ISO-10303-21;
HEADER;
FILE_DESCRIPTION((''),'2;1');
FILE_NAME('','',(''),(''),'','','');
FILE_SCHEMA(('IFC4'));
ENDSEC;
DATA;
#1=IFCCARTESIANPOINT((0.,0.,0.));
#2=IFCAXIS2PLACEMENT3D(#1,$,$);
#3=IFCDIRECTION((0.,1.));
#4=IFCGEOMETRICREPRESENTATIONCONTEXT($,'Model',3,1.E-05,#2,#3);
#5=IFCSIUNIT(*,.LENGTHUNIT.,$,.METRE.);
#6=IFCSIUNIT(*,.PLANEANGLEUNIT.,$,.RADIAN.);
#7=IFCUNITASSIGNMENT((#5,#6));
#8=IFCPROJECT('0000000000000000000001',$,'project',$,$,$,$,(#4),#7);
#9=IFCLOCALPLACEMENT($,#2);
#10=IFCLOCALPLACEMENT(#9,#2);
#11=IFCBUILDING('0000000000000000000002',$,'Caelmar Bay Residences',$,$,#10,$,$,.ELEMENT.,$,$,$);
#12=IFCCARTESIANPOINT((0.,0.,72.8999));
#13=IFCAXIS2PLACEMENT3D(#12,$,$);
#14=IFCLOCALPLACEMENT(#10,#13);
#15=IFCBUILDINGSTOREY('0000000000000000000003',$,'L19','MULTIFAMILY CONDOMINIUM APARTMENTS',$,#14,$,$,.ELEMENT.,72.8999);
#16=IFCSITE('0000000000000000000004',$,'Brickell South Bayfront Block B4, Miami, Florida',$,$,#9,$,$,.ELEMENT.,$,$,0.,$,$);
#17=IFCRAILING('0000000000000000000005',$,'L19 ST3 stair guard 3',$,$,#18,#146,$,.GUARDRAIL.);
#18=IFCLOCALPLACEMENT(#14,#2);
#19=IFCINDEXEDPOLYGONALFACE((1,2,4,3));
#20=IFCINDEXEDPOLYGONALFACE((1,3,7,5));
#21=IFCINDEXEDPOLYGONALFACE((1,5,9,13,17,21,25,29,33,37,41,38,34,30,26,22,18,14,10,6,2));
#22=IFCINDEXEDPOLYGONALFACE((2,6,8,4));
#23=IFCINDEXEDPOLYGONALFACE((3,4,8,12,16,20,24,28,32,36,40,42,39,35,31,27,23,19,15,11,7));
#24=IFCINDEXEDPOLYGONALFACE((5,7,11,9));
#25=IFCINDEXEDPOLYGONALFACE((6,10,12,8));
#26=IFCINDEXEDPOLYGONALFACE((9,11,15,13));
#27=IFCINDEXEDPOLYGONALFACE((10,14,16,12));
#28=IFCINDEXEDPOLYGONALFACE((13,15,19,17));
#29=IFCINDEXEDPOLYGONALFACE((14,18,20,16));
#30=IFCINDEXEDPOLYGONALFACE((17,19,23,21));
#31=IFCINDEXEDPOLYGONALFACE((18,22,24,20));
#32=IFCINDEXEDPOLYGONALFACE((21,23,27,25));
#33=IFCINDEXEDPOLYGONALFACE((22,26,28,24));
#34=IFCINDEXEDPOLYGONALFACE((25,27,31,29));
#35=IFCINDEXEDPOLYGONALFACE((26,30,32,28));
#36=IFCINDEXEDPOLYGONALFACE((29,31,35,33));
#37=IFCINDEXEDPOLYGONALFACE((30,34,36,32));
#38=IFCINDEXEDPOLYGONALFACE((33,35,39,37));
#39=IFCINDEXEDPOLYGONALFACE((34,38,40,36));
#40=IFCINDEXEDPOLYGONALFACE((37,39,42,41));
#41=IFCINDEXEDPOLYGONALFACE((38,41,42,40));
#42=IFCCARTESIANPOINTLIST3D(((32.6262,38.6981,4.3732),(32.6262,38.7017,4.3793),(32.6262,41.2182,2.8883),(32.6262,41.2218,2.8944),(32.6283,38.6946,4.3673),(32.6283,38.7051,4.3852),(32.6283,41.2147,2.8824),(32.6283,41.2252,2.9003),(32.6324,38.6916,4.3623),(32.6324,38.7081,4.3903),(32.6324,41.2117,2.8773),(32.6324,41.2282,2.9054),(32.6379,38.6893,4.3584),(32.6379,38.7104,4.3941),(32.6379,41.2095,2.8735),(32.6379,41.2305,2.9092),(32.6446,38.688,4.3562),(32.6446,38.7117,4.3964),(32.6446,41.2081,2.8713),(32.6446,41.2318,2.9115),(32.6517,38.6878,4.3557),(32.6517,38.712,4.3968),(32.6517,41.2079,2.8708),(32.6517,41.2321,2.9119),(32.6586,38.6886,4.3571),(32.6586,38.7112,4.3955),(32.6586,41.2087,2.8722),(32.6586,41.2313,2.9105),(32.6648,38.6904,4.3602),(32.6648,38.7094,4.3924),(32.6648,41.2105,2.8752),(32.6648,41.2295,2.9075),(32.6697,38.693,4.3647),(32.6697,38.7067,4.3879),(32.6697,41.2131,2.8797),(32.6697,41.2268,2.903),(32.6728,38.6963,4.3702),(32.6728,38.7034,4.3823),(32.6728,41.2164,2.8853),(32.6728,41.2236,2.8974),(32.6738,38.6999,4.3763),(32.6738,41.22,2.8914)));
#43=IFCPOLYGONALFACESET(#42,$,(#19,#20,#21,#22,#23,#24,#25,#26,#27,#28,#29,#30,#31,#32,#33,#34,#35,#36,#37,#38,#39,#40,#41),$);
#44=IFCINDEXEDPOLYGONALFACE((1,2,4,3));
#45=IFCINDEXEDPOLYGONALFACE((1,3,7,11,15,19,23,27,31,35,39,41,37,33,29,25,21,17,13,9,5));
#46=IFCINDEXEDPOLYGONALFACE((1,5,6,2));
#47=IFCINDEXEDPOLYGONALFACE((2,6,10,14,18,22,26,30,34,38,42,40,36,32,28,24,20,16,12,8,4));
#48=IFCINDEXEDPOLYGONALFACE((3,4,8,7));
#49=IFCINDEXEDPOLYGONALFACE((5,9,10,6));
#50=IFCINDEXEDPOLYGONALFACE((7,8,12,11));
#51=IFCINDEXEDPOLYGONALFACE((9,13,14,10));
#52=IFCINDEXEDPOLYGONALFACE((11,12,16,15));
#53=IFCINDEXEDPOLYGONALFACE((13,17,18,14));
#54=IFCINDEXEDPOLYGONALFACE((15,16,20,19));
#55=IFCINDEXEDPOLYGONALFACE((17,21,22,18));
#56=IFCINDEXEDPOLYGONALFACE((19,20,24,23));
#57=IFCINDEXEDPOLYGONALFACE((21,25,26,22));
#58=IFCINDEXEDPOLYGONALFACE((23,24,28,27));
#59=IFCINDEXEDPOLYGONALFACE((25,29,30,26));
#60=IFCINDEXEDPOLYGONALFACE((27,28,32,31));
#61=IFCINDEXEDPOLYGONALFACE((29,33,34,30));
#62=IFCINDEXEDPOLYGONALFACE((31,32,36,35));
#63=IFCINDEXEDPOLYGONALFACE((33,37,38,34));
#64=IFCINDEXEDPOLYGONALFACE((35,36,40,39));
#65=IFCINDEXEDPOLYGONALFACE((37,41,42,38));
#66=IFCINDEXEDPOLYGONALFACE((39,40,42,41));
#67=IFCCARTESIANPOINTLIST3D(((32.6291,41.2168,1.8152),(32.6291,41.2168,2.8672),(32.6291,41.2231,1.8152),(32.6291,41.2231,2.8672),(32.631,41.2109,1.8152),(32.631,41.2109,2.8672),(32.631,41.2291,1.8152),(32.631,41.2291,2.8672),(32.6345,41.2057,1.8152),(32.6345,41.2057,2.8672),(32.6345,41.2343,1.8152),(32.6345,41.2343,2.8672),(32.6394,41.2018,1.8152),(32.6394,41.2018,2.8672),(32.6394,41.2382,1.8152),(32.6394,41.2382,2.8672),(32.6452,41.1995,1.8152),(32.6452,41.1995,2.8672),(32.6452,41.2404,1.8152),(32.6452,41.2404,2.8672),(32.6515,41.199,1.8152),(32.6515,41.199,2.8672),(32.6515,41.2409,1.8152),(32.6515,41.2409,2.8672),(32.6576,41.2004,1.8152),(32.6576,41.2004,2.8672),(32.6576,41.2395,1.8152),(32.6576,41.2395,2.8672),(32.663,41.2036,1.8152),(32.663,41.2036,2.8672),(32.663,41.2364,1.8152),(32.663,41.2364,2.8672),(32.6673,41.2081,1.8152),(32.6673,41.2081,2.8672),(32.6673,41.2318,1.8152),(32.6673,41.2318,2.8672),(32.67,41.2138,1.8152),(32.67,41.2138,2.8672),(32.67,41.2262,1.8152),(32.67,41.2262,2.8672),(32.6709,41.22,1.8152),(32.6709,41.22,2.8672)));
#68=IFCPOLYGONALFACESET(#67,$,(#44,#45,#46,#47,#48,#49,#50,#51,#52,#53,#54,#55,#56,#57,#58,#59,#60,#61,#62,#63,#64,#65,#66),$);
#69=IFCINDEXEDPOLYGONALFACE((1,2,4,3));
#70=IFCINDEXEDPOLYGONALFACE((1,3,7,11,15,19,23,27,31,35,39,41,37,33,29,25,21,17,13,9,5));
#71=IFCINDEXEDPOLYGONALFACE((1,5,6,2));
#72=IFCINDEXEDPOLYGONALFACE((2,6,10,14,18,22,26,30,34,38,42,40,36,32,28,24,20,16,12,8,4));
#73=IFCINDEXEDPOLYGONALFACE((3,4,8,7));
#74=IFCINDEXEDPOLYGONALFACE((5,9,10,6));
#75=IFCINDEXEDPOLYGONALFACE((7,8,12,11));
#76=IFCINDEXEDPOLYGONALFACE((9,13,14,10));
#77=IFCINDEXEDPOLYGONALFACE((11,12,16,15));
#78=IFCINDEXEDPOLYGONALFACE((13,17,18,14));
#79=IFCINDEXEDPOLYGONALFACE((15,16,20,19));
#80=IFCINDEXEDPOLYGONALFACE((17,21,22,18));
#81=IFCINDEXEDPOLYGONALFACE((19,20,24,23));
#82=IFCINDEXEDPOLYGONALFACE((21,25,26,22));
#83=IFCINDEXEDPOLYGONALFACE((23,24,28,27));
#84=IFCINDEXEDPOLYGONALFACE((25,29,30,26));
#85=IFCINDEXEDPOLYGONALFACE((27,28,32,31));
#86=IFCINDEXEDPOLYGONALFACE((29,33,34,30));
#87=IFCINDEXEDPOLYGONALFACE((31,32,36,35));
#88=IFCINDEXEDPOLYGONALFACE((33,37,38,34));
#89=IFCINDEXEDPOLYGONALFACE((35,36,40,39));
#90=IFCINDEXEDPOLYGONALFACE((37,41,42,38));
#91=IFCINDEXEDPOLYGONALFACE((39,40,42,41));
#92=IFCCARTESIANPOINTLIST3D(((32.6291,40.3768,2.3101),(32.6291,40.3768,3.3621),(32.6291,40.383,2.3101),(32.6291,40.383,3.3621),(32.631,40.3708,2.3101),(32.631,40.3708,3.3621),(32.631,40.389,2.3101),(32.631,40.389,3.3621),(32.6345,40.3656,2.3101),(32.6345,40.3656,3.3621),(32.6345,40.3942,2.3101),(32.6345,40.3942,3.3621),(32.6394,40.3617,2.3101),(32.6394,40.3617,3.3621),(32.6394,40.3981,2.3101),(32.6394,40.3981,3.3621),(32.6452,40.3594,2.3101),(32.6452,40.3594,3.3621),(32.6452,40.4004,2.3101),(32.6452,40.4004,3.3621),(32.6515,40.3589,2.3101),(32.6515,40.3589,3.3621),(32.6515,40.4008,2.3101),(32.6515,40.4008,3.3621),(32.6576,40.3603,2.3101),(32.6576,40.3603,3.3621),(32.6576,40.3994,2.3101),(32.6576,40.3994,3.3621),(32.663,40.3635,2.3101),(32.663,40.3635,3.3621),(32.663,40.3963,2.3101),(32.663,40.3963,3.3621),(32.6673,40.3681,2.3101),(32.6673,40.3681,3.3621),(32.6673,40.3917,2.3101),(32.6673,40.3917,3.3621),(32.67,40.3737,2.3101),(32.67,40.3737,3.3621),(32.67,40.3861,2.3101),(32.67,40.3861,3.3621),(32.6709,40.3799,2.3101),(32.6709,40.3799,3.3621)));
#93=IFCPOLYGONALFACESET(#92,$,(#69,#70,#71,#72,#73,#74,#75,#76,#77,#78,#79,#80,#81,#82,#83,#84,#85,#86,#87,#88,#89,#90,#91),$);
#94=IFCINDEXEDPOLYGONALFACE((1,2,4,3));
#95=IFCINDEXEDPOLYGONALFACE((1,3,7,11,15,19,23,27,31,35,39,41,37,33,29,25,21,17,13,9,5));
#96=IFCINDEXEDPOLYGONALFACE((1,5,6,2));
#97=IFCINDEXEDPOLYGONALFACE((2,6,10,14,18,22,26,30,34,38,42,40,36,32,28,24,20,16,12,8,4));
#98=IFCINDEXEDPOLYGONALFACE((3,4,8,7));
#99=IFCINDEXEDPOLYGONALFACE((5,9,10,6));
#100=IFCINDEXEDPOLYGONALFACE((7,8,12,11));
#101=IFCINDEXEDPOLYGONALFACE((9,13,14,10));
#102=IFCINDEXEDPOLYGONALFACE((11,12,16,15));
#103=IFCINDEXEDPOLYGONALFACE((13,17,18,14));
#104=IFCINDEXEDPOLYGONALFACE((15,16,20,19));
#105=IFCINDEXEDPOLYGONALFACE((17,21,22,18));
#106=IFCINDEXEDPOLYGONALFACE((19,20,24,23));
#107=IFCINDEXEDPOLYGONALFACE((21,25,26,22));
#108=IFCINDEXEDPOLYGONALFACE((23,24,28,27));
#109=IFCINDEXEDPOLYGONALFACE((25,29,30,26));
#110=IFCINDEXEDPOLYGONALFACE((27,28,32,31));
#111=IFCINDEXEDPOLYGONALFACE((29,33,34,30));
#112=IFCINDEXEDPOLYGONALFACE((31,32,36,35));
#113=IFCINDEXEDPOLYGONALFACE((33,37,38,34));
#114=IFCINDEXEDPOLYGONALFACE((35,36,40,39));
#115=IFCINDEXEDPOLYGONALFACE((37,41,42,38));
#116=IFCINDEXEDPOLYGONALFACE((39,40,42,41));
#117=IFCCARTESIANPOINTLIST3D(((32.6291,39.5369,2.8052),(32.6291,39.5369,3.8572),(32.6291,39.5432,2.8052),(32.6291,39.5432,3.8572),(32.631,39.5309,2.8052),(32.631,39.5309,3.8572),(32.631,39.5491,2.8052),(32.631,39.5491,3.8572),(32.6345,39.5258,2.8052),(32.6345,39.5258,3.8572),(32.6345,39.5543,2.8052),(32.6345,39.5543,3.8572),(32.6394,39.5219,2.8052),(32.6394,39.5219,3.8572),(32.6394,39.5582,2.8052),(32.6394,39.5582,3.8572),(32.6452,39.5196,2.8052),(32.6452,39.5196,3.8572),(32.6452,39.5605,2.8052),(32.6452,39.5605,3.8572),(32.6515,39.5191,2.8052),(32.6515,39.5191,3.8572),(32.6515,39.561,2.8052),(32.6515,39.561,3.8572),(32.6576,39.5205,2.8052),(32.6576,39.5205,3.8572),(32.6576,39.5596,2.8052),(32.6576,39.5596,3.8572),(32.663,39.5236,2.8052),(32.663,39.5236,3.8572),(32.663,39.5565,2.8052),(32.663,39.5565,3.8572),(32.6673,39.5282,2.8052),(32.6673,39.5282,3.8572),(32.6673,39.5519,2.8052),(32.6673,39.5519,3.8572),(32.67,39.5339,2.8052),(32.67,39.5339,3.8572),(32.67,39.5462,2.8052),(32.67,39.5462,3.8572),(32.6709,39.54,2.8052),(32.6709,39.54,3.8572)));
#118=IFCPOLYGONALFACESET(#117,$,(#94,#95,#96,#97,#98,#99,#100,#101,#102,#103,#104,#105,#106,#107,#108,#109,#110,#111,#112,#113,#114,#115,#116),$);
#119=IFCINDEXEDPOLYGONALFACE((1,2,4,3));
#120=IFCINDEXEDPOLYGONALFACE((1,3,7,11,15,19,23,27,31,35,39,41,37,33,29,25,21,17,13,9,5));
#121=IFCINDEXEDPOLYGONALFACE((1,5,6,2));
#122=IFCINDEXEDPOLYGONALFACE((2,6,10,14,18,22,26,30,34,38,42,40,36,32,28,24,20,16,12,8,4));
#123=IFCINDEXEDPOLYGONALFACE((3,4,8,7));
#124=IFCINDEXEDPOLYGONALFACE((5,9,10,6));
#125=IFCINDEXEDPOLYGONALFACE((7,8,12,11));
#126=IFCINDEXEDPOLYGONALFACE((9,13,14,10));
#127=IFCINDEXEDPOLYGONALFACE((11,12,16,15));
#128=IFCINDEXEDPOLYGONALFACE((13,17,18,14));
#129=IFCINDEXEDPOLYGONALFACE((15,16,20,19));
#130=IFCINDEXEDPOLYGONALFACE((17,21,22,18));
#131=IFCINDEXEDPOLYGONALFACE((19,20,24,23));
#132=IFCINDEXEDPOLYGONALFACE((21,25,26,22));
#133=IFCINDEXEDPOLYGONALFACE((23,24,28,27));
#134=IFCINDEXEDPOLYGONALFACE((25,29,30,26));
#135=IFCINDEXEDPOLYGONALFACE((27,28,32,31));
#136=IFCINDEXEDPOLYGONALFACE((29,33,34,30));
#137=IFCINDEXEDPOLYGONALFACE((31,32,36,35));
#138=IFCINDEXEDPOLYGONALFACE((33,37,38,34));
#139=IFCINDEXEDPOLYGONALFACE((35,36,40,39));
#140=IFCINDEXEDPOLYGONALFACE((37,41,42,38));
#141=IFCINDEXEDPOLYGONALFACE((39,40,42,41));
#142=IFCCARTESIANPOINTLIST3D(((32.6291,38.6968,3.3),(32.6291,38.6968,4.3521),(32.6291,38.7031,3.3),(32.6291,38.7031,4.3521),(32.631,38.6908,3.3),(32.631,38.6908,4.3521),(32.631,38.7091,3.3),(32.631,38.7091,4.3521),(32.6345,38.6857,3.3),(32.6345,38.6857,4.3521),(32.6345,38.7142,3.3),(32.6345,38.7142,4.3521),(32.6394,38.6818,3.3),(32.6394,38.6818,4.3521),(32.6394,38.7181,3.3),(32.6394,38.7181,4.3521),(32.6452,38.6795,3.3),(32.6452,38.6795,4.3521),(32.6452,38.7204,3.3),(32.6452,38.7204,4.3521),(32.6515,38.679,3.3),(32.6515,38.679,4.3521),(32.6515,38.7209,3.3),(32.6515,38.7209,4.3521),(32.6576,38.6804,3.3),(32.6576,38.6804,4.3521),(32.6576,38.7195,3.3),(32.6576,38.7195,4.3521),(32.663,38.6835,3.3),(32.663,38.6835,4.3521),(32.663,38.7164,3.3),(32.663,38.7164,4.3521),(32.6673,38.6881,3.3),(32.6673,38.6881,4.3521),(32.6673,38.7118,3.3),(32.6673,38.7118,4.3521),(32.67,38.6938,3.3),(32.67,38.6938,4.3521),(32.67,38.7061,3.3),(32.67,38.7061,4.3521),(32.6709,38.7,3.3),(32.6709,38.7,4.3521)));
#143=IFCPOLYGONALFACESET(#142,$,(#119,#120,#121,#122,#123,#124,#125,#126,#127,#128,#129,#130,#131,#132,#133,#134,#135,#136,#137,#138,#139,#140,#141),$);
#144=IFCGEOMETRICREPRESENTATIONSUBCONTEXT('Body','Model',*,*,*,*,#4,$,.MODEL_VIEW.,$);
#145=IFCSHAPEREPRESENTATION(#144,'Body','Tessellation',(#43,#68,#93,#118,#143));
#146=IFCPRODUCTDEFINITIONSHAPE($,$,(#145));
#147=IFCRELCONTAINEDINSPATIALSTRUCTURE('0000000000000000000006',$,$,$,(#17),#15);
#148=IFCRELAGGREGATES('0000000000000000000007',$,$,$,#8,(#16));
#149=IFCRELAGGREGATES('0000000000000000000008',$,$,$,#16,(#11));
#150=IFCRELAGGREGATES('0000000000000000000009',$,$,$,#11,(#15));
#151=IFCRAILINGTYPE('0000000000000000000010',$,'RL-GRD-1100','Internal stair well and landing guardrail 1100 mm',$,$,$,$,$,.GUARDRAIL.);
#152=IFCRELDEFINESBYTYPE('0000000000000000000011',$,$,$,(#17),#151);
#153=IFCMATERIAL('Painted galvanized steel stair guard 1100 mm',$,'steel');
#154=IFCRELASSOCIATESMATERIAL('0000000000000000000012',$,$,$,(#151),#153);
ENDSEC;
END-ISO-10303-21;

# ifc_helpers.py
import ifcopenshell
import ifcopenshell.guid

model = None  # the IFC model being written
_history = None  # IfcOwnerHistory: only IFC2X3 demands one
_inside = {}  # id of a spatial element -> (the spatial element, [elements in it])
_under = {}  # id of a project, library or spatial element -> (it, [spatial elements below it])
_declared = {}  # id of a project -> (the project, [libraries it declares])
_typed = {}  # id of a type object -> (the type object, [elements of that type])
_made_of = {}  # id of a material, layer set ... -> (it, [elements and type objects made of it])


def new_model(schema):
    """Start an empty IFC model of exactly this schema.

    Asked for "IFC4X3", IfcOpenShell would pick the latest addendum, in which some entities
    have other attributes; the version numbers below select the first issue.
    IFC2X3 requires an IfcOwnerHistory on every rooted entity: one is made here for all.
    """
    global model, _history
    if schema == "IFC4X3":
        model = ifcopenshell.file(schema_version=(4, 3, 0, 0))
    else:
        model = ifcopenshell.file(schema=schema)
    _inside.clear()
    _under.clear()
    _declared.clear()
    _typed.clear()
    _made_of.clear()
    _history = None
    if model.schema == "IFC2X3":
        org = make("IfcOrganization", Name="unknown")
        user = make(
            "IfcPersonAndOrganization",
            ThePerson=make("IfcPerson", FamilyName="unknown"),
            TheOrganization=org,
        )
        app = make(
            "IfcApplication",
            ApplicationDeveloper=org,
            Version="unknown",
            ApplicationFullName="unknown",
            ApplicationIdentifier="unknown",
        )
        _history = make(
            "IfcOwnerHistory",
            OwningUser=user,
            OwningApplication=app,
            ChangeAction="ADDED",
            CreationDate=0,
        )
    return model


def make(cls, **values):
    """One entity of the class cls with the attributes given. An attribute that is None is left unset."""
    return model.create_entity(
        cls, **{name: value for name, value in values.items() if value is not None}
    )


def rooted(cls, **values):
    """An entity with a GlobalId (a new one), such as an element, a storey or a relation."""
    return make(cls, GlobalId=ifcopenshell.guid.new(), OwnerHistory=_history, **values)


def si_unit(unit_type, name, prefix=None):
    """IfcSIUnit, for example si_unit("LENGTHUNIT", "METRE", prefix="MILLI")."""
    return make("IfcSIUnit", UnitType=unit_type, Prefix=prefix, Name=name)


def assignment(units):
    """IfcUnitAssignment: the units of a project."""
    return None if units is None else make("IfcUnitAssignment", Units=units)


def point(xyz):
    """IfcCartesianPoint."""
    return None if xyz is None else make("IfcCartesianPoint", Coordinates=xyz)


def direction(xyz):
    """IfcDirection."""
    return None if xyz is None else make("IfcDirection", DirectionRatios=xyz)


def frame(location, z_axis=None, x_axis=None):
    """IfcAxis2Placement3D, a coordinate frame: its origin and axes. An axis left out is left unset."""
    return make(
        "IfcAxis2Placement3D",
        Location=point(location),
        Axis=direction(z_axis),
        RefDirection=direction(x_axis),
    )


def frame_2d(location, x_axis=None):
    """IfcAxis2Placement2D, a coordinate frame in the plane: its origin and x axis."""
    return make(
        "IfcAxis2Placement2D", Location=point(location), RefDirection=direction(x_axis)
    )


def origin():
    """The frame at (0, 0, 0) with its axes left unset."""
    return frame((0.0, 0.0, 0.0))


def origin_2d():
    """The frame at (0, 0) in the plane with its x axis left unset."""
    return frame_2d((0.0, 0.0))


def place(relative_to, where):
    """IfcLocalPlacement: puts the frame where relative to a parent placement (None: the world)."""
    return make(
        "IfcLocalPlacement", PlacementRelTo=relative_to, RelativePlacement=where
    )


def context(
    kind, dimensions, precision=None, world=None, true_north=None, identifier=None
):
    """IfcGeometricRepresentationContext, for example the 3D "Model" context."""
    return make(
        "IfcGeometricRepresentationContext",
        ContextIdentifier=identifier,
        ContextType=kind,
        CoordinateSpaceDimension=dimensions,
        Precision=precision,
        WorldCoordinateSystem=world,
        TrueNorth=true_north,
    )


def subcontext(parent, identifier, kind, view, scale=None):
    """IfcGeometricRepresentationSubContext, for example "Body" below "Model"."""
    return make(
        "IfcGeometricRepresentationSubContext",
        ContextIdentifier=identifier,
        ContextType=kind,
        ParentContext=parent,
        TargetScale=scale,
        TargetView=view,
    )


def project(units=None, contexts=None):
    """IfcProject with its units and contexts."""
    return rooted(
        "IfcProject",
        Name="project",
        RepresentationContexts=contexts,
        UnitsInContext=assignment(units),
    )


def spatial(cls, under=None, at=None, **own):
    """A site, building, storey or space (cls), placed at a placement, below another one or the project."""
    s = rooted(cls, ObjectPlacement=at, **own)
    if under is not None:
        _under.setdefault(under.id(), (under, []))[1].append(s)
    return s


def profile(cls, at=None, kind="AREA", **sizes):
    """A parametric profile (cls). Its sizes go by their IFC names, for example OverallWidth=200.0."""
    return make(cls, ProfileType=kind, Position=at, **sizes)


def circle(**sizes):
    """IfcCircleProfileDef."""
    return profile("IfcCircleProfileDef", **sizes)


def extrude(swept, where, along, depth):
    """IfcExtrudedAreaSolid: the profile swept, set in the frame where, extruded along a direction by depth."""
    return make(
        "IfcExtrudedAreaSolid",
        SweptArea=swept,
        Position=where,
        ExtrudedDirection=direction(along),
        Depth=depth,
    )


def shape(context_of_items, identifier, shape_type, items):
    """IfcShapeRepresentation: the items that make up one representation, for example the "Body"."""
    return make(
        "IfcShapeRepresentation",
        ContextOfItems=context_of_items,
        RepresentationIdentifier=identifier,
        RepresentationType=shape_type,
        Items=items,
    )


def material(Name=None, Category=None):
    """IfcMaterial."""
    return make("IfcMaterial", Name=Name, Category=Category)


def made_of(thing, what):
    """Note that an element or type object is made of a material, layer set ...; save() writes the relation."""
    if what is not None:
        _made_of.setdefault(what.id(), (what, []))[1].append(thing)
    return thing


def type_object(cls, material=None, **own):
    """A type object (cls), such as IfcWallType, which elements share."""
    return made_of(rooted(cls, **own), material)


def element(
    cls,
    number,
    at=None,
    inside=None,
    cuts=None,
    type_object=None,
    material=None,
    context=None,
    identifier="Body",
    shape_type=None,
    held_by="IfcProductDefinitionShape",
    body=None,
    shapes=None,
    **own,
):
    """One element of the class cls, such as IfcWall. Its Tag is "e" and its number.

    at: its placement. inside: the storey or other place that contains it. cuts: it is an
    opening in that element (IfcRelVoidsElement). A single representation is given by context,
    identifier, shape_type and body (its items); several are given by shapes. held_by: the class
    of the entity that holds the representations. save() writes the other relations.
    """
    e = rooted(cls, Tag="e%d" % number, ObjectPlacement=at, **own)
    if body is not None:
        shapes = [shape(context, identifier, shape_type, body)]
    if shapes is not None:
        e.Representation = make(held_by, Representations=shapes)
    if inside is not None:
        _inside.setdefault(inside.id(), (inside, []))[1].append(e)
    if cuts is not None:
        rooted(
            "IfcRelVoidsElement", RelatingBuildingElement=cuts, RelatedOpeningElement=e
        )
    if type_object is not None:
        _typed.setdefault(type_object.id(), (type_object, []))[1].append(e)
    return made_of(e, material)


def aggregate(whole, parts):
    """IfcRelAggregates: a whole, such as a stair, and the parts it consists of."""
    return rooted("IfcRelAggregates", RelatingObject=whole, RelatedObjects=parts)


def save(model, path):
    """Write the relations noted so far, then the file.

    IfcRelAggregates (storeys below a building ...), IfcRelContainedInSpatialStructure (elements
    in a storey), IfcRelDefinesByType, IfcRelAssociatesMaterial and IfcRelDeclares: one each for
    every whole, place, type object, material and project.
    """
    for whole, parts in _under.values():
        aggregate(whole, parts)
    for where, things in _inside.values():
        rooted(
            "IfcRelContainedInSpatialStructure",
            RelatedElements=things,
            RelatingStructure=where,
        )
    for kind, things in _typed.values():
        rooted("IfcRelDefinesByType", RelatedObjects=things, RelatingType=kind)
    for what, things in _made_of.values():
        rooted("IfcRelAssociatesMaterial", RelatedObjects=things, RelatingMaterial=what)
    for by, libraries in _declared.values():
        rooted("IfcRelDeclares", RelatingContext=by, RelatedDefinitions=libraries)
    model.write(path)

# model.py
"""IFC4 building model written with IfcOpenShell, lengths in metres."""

from ifc_helpers import new_model, si_unit, direction, frame, origin, origin_2d, place, context, subcontext, project, spatial, circle, extrude, material, type_object, element, save


model = new_model("IFC4")

# Units and contexts
model_context = context("Model", 3, precision=1e-05, world=origin(), true_north=direction((0.0, 1.0)))
body_context = subcontext(model_context, "Body", "Model", "MODEL_VIEW")
ifc_project = project(units=[si_unit("LENGTHUNIT", "METRE"), si_unit("PLANEANGLEUNIT", "RADIAN")], contexts=[model_context])

# Site, building, storey
site_placement = place(None, origin())
site = spatial("IfcSite", under=ifc_project, at=site_placement, Name="Brickell South Bayfront Block B4, Miami, Florida", CompositionType="ELEMENT", RefElevation=0.0)
building_placement = place(site_placement, origin())
building = spatial("IfcBuilding", under=site, at=building_placement, Name="Caelmar Bay Residences", CompositionType="ELEMENT")
storey_placement = place(building_placement, frame((0.0, 0.0, 72.8999)))
storey = spatial("IfcBuildingStorey", under=building, at=storey_placement, Name="L19", Description="MULTIFAMILY CONDOMINIUM APARTMENTS", CompositionType="ELEMENT", Elevation=72.8999)

# Railing
ifc_material_1 = material(Name="Painted galvanized steel stair guard 1100 mm", Category="steel")
railing_type_1 = type_object("IfcRailingType", Name="RL-GRD-1100", Description="Internal stair well and landing guardrail 1100 mm", PredefinedType="GUARDRAIL", material=ifc_material_1)
railing_1_placement = place(storey_placement, frame((32.6499, 41.22, 1.8152)))
element("IfcRailing", 1, at=railing_1_placement, inside=storey, type_object=railing_type_1, Name="L19 ST3 stair guard 3", PredefinedType="GUARDRAIL", context=body_context, shape_type="SweptSolid", body=[
    extrude(circle(Radius=0.0239, at=origin_2d()), frame((0.0, 0.0, 1.0762), z_axis=(0.0, -0.861561, 0.507655), x_axis=(1.0, 0.0, 0.0)), (0.0, 0.0, 1.0), 2.925),
    extrude(circle(Radius=0.021, at=origin_2d()), origin(), (0.0, 0.0, 1.0), 1.052),
    extrude(circle(Radius=0.021, at=origin_2d()), frame((0.0, -0.8401, 0.4949)), (0.0, 0.0, 1.0), 1.052),
    extrude(circle(Radius=0.021, at=origin_2d()), frame((0.0, -1.6799, 0.99)), (0.0, 0.0, 1.0), 1.052),
    extrude(circle(Radius=0.021, at=origin_2d()), frame((0.0, -2.52, 1.4849)), (0.0, 0.0, 1.0), 1.052),
])

save(model, "model.ifc")
